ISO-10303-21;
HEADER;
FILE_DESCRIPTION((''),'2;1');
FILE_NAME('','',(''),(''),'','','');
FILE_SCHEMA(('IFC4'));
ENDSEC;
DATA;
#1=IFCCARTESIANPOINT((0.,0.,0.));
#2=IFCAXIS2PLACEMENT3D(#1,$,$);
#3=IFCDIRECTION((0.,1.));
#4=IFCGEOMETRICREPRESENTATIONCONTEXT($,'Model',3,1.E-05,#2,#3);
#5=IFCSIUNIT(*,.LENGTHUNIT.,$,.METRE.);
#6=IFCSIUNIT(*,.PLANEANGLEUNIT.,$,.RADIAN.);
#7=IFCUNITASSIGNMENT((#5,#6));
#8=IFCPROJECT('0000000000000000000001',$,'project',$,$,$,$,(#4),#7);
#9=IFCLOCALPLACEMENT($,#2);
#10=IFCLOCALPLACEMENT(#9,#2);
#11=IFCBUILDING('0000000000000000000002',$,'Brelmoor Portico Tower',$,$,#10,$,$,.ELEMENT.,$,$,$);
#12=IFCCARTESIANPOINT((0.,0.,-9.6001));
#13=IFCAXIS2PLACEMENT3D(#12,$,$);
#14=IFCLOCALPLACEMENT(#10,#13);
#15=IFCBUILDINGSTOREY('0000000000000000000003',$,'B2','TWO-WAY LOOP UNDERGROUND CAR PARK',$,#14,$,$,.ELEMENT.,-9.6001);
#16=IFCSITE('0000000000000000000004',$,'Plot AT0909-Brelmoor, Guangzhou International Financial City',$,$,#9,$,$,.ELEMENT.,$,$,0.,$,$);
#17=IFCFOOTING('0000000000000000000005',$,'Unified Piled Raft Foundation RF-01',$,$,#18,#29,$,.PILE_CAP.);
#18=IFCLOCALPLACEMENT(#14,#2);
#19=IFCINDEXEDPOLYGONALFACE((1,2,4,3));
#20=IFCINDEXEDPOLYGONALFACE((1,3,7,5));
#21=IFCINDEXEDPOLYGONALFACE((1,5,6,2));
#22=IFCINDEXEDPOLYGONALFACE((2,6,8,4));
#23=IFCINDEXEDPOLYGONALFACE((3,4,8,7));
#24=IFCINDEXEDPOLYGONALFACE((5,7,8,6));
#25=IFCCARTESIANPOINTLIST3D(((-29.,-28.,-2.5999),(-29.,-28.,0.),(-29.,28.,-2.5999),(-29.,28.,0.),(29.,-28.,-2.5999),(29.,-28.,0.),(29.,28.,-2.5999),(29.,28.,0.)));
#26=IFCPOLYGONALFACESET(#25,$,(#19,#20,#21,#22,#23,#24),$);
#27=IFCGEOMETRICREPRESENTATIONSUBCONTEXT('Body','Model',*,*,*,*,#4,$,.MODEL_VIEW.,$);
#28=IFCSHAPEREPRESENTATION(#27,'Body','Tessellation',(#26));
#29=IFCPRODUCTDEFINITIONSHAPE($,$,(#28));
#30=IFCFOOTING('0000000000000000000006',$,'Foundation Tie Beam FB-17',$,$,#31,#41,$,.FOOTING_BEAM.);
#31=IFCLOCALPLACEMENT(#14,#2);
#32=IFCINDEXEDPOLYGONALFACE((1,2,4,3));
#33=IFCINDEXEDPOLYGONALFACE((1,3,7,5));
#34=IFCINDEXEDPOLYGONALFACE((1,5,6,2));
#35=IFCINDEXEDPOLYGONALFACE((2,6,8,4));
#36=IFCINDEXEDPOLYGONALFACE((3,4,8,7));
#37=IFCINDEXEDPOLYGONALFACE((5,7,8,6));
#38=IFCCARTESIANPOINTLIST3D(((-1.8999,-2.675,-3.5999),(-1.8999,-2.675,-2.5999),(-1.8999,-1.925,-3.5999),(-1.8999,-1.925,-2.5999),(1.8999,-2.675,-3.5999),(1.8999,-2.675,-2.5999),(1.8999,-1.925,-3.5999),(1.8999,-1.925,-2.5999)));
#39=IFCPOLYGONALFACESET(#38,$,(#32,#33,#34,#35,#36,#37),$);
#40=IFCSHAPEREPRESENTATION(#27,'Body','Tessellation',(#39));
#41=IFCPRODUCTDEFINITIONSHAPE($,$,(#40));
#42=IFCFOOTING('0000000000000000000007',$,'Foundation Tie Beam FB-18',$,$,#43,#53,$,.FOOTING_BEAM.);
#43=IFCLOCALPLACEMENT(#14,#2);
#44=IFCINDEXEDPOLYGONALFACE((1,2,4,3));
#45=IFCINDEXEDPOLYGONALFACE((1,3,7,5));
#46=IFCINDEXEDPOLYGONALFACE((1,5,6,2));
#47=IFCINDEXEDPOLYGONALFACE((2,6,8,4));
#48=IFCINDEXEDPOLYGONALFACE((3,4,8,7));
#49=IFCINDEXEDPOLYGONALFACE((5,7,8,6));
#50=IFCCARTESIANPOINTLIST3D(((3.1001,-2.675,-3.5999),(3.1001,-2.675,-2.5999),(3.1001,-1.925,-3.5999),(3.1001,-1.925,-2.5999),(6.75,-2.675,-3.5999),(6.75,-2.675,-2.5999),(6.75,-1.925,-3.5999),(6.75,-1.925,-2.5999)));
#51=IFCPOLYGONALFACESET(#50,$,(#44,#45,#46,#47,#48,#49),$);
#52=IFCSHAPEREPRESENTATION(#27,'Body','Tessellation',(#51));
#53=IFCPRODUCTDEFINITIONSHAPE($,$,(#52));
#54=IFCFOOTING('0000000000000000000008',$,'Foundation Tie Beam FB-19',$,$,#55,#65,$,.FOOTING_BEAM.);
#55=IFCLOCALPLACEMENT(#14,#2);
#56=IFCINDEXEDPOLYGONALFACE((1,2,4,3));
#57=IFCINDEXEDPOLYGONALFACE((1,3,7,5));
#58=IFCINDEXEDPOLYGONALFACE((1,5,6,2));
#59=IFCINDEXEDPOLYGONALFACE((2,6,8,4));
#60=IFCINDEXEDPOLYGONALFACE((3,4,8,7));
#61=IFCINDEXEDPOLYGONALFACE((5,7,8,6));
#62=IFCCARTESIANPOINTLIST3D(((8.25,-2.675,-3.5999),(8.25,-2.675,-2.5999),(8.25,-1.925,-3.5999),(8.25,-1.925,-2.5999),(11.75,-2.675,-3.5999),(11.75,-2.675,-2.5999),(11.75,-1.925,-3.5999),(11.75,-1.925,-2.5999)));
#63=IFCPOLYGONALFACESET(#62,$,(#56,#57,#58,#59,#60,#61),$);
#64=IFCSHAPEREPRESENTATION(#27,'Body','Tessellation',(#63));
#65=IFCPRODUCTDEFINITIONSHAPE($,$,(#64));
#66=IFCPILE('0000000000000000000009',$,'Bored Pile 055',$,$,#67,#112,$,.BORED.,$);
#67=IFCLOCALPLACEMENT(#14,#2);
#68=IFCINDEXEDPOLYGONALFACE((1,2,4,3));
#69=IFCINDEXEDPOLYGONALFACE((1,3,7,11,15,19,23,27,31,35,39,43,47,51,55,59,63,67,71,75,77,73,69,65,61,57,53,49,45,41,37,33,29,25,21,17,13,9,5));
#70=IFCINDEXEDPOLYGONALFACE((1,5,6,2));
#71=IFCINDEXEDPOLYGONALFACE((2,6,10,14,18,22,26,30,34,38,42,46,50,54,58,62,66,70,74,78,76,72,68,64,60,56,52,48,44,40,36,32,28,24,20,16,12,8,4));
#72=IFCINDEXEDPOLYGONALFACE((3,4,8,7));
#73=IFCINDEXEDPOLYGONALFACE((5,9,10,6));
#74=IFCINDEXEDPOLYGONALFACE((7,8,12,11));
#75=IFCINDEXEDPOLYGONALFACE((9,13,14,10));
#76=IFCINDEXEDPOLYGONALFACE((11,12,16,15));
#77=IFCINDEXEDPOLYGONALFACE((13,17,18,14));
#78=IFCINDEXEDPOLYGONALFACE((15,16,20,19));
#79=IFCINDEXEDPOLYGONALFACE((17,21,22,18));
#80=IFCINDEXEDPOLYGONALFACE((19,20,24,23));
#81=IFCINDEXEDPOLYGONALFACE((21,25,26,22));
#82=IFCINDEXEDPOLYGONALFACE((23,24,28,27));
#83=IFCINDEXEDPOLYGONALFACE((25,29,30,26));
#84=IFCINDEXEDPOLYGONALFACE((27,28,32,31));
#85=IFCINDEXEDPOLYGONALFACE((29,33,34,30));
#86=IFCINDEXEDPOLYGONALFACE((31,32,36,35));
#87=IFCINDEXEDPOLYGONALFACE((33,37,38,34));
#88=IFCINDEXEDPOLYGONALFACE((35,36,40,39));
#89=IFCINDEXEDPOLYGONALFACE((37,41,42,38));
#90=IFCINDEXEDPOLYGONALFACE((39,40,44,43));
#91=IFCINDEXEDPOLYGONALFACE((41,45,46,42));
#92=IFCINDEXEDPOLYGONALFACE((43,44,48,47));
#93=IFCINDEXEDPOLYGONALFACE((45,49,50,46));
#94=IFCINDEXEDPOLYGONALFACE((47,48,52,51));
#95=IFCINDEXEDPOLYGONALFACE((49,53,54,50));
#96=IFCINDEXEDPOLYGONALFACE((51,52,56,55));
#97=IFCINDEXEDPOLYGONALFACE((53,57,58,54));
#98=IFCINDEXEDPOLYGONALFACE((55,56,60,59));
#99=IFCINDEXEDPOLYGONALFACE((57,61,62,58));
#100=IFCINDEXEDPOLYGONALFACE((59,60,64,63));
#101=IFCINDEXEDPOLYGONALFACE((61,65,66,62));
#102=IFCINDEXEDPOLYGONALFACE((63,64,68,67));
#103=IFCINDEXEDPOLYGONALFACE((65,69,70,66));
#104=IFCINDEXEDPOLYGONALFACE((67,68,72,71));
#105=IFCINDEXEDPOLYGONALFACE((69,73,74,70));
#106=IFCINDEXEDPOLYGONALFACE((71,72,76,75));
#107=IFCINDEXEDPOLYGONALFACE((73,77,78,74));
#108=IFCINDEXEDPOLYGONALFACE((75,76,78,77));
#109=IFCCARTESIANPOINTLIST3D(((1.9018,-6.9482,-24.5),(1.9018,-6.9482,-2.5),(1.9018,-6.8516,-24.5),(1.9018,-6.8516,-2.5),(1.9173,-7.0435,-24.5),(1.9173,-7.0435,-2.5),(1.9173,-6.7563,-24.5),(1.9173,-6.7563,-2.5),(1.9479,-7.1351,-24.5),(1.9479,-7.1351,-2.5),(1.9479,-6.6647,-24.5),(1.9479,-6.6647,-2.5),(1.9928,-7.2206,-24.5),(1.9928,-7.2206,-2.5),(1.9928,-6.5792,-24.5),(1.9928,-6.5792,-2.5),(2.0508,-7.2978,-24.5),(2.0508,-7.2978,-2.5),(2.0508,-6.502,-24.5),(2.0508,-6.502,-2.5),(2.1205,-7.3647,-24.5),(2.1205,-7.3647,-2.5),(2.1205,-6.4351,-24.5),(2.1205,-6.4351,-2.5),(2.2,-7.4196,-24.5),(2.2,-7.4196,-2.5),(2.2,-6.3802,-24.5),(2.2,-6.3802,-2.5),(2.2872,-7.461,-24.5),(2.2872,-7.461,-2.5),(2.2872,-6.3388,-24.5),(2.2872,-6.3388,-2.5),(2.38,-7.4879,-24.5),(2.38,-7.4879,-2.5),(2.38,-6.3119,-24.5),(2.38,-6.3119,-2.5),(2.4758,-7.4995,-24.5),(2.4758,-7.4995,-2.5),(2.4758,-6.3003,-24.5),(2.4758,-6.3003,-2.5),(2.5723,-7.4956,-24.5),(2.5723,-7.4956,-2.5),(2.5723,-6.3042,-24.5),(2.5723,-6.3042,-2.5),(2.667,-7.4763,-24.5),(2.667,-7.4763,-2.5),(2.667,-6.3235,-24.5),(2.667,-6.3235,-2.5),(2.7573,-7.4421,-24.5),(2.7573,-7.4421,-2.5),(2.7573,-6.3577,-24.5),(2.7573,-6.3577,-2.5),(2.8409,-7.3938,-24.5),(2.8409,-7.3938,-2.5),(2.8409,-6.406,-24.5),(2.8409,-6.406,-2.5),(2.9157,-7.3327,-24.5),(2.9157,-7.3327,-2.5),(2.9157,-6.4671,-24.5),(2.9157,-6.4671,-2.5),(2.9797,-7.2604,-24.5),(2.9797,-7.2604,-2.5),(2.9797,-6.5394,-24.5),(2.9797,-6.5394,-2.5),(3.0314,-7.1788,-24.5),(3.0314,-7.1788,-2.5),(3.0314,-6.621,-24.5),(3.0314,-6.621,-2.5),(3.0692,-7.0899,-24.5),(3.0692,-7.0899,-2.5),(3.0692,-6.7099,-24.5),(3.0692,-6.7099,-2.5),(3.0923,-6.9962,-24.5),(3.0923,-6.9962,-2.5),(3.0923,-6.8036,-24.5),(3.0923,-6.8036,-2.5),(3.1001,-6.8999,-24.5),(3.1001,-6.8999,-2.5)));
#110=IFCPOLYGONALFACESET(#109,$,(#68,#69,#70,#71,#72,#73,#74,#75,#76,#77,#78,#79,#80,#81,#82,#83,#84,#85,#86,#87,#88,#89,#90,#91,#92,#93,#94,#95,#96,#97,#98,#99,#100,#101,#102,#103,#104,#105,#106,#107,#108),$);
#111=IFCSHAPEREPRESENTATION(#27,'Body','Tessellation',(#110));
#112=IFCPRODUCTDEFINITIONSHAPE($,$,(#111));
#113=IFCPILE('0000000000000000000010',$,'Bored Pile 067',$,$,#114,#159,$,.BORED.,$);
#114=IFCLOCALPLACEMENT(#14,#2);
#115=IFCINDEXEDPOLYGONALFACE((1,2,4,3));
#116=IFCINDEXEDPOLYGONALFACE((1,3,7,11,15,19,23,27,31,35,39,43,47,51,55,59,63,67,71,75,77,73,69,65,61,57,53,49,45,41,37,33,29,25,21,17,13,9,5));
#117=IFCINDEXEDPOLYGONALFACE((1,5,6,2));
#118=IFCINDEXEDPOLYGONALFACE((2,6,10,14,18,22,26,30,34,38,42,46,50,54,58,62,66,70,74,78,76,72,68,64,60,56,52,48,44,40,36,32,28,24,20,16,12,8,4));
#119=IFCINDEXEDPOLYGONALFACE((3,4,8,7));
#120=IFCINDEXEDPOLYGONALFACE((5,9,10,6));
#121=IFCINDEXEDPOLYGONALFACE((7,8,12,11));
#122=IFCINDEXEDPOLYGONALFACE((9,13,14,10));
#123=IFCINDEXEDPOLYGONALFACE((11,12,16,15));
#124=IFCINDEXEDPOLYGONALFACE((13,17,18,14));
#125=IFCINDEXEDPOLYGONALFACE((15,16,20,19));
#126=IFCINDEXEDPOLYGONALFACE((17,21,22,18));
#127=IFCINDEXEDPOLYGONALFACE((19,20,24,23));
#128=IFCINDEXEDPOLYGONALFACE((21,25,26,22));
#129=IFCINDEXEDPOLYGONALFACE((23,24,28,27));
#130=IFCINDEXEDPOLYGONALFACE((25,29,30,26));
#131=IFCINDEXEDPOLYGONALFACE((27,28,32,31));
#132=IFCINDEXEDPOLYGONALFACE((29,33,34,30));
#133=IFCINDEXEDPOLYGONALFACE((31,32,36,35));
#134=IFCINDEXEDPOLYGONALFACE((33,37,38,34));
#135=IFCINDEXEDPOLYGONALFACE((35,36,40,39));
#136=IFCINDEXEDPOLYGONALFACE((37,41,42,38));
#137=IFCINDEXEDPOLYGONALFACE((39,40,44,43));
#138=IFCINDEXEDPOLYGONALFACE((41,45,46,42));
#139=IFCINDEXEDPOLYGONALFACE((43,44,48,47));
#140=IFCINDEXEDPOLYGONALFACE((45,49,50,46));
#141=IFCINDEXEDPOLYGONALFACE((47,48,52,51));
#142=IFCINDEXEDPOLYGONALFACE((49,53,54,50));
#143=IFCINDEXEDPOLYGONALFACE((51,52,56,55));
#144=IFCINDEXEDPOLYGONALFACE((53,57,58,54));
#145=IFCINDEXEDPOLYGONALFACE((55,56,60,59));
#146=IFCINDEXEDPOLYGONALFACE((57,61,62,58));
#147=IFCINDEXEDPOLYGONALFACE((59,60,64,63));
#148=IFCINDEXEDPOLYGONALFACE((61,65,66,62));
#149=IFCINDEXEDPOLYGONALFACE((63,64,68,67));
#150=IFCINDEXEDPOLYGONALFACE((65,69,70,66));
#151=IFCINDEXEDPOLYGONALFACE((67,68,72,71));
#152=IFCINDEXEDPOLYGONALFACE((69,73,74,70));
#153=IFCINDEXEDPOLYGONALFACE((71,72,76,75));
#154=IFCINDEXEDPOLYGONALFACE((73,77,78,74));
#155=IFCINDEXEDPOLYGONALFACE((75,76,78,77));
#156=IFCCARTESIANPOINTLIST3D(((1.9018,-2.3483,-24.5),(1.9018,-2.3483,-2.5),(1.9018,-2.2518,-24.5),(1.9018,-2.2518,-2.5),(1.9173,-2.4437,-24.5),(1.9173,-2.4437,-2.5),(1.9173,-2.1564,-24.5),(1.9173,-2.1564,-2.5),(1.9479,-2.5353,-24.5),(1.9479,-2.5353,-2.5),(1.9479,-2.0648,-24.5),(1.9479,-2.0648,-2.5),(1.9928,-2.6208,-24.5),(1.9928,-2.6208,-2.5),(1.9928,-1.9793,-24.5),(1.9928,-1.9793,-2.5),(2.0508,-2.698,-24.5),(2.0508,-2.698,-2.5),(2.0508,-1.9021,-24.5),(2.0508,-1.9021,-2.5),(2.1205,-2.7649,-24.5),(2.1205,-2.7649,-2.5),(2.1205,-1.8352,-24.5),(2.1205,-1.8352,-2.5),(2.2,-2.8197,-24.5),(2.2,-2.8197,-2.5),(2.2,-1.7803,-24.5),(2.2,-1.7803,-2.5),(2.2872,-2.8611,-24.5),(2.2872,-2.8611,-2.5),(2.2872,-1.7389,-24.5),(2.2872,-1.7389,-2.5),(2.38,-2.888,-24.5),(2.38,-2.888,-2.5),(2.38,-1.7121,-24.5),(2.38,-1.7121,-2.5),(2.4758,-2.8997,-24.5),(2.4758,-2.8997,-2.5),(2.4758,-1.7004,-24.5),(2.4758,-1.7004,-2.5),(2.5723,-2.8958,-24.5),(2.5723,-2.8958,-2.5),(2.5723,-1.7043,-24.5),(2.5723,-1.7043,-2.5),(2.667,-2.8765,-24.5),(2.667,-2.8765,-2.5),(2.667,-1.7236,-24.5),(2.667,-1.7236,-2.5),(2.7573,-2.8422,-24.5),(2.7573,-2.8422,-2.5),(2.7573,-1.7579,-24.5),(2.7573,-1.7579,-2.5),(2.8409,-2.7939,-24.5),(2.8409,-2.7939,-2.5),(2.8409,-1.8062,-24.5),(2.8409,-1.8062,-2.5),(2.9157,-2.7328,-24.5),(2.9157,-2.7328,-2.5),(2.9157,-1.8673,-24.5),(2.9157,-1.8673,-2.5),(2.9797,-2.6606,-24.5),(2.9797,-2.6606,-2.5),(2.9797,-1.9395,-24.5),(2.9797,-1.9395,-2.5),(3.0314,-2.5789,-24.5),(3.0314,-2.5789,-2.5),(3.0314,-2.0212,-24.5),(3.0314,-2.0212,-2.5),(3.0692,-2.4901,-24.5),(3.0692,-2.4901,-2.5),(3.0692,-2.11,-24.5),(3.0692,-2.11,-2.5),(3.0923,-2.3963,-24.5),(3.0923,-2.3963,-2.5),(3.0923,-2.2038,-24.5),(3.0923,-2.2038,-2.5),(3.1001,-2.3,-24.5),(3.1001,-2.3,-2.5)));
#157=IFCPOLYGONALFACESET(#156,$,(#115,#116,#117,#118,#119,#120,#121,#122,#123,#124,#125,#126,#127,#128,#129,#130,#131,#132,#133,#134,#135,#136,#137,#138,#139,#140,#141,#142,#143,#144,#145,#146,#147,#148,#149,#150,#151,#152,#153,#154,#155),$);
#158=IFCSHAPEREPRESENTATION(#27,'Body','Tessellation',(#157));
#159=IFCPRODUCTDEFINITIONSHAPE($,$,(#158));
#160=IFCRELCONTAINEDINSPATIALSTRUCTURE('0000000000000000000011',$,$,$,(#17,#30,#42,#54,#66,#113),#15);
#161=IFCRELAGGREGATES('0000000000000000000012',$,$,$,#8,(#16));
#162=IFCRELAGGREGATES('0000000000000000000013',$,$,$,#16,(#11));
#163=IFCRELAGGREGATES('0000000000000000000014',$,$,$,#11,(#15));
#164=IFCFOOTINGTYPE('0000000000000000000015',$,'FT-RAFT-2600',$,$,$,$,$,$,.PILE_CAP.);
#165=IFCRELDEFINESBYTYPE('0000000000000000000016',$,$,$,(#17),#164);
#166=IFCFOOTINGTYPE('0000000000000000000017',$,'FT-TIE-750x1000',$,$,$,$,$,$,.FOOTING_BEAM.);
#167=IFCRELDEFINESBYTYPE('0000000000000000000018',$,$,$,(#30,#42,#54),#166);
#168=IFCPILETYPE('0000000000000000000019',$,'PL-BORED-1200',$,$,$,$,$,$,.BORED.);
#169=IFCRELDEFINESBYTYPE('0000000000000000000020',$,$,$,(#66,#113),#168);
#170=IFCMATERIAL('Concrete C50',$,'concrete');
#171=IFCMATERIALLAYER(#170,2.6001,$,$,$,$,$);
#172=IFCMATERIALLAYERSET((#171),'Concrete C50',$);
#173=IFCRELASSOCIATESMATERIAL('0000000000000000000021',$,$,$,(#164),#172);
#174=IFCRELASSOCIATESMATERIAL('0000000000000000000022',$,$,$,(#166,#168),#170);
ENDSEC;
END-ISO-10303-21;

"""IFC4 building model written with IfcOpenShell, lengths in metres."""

from ifc_helpers import new_model, si_unit, direction, frame, origin, origin_2d, place, context, subcontext, project, spatial, polyline, rectangle, circle, outline, extrude, material, layer, layer_set, material_profile, profile_set, type_object, element, save


model = new_model("IFC4")

# Units and contexts
model_context = context("Model", 3, precision=1e-05, world=origin(), true_north=direction((0.0, 1.0)))
body_context = subcontext(model_context, "Body", "Model", "MODEL_VIEW")
ifc_project = project(units=[si_unit("LENGTHUNIT", "METRE"), si_unit("PLANEANGLEUNIT", "RADIAN")], contexts=[model_context])

# Site, building, storey
site_placement = place(None, origin())
site = spatial("IfcSite", under=ifc_project, at=site_placement, Name="Plot AT0909-Brelmoor, Guangzhou International Financial City", CompositionType="ELEMENT", RefElevation=0.0)
building_placement = place(site_placement, origin())
building = spatial("IfcBuilding", under=site, at=building_placement, Name="Brelmoor Portico Tower", CompositionType="ELEMENT")
storey_placement = place(building_placement, frame((0.0, 0.0, -9.6001)))
storey = spatial("IfcBuildingStorey", under=building, at=storey_placement, Name="B2", Description="TWO-WAY LOOP UNDERGROUND CAR PARK", CompositionType="ELEMENT", Elevation=-9.6001)

# Footings
ifc_material_1 = material(Name="Concrete C50", Category="concrete")
ifc_layer_1 = layer(ifc_material_1, 2.6001)
ifc_layer_set_1 = layer_set([ifc_layer_1], Name="Concrete C50")
footing_type_1 = type_object("IfcFootingType", Name="FT-RAFT-2600", PredefinedType="PILE_CAP", material=ifc_layer_set_1)
footing_1_placement = place(storey_placement, frame((0.0, 0.0, -2.5999)))
element("IfcFooting", 1, at=footing_1_placement, inside=storey, type_object=footing_type_1, Name="Unified Piled Raft Foundation RF-01", PredefinedType="PILE_CAP", context=body_context, shape_type="SweptSolid", body=[
    extrude(outline(polyline([(-29.0, -28.0), (29.0, -28.0), (29.0, 28.0), (-29.0, 28.0), (-29.0, -28.0)])), origin(), (0.0, 0.0, 1.0), 2.5999),
])
ifc_material_profile_1 = material_profile(ifc_material_1, rectangle(XDim=0.75, YDim=1.0, at=origin_2d()), Name="RC 750x1000")
ifc_profile_set_1 = profile_set([ifc_material_profile_1], Name="Concrete C50")
footing_type_2 = type_object("IfcFootingType", Name="FT-TIE-750x1000", PredefinedType="FOOTING_BEAM", material=ifc_profile_set_1)
footing_2_placement = place(storey_placement, frame((-1.8999, -2.3, -3.0999), z_axis=(1.0, 0.0, 0.0), x_axis=(0.0, 1.0, 0.0)))
element("IfcFooting", 2, at=footing_2_placement, inside=storey, type_object=footing_type_2, Name="Foundation Tie Beam FB-17", PredefinedType="FOOTING_BEAM", context=body_context, shape_type="SweptSolid", body=[
    extrude(rectangle(XDim=0.75, YDim=1.0, at=origin_2d()), origin(), (0.0, 0.0, 1.0), 3.7998),
])
footing_3_placement = place(storey_placement, frame((3.1001, -2.3, -3.0999), z_axis=(1.0, 0.0, 0.0), x_axis=(0.0, 1.0, 0.0)))
element("IfcFooting", 3, at=footing_3_placement, inside=storey, type_object=footing_type_2, Name="Foundation Tie Beam FB-18", PredefinedType="FOOTING_BEAM", context=body_context, shape_type="SweptSolid", body=[
    extrude(rectangle(XDim=0.75, YDim=1.0, at=origin_2d()), origin(), (0.0, 0.0, 1.0), 3.6499),
])
footing_4_placement = place(storey_placement, frame((8.25, -2.3, -3.0999), z_axis=(1.0, 0.0, 0.0), x_axis=(0.0, 1.0, 0.0)))
element("IfcFooting", 4, at=footing_4_placement, inside=storey, type_object=footing_type_2, Name="Foundation Tie Beam FB-19", PredefinedType="FOOTING_BEAM", context=body_context, shape_type="SweptSolid", body=[
    extrude(rectangle(XDim=0.75, YDim=1.0, at=origin_2d()), origin(), (0.0, 0.0, 1.0), 3.5),
])

# Piles
ifc_material_profile_2 = material_profile(ifc_material_1, circle(Radius=0.6001, at=origin_2d()), Name="BORED PILE D1200")
ifc_profile_set_2 = profile_set([ifc_material_profile_2], Name="Concrete C50")
pile_type_1 = type_object("IfcPileType", Name="PL-BORED-1200", PredefinedType="BORED", material=ifc_profile_set_2)
for number, where, z_axis, x_axis, name in (
    (5, (2.5, -6.8999, -2.5), (0.0, 0.0, -1.0), (1.0, 0.0, 0.0), "Bored Pile 055"),
    (6, (2.5, -2.3, -2.5), (0.0, 0.0, -1.0), (1.0, 0.0, 0.0), "Bored Pile 067"),
):
    element("IfcPile", number, at=place(storey_placement, frame(where, z_axis=z_axis, x_axis=x_axis)), inside=storey, type_object=pile_type_1, Name=name, PredefinedType="BORED", context=body_context, shape_type="SweptSolid", body=[
        extrude(circle(Radius=0.6001, at=origin_2d()), origin(), (0.0, 0.0, 1.0), 22.0),
    ])

save(model, "model.ifc")
